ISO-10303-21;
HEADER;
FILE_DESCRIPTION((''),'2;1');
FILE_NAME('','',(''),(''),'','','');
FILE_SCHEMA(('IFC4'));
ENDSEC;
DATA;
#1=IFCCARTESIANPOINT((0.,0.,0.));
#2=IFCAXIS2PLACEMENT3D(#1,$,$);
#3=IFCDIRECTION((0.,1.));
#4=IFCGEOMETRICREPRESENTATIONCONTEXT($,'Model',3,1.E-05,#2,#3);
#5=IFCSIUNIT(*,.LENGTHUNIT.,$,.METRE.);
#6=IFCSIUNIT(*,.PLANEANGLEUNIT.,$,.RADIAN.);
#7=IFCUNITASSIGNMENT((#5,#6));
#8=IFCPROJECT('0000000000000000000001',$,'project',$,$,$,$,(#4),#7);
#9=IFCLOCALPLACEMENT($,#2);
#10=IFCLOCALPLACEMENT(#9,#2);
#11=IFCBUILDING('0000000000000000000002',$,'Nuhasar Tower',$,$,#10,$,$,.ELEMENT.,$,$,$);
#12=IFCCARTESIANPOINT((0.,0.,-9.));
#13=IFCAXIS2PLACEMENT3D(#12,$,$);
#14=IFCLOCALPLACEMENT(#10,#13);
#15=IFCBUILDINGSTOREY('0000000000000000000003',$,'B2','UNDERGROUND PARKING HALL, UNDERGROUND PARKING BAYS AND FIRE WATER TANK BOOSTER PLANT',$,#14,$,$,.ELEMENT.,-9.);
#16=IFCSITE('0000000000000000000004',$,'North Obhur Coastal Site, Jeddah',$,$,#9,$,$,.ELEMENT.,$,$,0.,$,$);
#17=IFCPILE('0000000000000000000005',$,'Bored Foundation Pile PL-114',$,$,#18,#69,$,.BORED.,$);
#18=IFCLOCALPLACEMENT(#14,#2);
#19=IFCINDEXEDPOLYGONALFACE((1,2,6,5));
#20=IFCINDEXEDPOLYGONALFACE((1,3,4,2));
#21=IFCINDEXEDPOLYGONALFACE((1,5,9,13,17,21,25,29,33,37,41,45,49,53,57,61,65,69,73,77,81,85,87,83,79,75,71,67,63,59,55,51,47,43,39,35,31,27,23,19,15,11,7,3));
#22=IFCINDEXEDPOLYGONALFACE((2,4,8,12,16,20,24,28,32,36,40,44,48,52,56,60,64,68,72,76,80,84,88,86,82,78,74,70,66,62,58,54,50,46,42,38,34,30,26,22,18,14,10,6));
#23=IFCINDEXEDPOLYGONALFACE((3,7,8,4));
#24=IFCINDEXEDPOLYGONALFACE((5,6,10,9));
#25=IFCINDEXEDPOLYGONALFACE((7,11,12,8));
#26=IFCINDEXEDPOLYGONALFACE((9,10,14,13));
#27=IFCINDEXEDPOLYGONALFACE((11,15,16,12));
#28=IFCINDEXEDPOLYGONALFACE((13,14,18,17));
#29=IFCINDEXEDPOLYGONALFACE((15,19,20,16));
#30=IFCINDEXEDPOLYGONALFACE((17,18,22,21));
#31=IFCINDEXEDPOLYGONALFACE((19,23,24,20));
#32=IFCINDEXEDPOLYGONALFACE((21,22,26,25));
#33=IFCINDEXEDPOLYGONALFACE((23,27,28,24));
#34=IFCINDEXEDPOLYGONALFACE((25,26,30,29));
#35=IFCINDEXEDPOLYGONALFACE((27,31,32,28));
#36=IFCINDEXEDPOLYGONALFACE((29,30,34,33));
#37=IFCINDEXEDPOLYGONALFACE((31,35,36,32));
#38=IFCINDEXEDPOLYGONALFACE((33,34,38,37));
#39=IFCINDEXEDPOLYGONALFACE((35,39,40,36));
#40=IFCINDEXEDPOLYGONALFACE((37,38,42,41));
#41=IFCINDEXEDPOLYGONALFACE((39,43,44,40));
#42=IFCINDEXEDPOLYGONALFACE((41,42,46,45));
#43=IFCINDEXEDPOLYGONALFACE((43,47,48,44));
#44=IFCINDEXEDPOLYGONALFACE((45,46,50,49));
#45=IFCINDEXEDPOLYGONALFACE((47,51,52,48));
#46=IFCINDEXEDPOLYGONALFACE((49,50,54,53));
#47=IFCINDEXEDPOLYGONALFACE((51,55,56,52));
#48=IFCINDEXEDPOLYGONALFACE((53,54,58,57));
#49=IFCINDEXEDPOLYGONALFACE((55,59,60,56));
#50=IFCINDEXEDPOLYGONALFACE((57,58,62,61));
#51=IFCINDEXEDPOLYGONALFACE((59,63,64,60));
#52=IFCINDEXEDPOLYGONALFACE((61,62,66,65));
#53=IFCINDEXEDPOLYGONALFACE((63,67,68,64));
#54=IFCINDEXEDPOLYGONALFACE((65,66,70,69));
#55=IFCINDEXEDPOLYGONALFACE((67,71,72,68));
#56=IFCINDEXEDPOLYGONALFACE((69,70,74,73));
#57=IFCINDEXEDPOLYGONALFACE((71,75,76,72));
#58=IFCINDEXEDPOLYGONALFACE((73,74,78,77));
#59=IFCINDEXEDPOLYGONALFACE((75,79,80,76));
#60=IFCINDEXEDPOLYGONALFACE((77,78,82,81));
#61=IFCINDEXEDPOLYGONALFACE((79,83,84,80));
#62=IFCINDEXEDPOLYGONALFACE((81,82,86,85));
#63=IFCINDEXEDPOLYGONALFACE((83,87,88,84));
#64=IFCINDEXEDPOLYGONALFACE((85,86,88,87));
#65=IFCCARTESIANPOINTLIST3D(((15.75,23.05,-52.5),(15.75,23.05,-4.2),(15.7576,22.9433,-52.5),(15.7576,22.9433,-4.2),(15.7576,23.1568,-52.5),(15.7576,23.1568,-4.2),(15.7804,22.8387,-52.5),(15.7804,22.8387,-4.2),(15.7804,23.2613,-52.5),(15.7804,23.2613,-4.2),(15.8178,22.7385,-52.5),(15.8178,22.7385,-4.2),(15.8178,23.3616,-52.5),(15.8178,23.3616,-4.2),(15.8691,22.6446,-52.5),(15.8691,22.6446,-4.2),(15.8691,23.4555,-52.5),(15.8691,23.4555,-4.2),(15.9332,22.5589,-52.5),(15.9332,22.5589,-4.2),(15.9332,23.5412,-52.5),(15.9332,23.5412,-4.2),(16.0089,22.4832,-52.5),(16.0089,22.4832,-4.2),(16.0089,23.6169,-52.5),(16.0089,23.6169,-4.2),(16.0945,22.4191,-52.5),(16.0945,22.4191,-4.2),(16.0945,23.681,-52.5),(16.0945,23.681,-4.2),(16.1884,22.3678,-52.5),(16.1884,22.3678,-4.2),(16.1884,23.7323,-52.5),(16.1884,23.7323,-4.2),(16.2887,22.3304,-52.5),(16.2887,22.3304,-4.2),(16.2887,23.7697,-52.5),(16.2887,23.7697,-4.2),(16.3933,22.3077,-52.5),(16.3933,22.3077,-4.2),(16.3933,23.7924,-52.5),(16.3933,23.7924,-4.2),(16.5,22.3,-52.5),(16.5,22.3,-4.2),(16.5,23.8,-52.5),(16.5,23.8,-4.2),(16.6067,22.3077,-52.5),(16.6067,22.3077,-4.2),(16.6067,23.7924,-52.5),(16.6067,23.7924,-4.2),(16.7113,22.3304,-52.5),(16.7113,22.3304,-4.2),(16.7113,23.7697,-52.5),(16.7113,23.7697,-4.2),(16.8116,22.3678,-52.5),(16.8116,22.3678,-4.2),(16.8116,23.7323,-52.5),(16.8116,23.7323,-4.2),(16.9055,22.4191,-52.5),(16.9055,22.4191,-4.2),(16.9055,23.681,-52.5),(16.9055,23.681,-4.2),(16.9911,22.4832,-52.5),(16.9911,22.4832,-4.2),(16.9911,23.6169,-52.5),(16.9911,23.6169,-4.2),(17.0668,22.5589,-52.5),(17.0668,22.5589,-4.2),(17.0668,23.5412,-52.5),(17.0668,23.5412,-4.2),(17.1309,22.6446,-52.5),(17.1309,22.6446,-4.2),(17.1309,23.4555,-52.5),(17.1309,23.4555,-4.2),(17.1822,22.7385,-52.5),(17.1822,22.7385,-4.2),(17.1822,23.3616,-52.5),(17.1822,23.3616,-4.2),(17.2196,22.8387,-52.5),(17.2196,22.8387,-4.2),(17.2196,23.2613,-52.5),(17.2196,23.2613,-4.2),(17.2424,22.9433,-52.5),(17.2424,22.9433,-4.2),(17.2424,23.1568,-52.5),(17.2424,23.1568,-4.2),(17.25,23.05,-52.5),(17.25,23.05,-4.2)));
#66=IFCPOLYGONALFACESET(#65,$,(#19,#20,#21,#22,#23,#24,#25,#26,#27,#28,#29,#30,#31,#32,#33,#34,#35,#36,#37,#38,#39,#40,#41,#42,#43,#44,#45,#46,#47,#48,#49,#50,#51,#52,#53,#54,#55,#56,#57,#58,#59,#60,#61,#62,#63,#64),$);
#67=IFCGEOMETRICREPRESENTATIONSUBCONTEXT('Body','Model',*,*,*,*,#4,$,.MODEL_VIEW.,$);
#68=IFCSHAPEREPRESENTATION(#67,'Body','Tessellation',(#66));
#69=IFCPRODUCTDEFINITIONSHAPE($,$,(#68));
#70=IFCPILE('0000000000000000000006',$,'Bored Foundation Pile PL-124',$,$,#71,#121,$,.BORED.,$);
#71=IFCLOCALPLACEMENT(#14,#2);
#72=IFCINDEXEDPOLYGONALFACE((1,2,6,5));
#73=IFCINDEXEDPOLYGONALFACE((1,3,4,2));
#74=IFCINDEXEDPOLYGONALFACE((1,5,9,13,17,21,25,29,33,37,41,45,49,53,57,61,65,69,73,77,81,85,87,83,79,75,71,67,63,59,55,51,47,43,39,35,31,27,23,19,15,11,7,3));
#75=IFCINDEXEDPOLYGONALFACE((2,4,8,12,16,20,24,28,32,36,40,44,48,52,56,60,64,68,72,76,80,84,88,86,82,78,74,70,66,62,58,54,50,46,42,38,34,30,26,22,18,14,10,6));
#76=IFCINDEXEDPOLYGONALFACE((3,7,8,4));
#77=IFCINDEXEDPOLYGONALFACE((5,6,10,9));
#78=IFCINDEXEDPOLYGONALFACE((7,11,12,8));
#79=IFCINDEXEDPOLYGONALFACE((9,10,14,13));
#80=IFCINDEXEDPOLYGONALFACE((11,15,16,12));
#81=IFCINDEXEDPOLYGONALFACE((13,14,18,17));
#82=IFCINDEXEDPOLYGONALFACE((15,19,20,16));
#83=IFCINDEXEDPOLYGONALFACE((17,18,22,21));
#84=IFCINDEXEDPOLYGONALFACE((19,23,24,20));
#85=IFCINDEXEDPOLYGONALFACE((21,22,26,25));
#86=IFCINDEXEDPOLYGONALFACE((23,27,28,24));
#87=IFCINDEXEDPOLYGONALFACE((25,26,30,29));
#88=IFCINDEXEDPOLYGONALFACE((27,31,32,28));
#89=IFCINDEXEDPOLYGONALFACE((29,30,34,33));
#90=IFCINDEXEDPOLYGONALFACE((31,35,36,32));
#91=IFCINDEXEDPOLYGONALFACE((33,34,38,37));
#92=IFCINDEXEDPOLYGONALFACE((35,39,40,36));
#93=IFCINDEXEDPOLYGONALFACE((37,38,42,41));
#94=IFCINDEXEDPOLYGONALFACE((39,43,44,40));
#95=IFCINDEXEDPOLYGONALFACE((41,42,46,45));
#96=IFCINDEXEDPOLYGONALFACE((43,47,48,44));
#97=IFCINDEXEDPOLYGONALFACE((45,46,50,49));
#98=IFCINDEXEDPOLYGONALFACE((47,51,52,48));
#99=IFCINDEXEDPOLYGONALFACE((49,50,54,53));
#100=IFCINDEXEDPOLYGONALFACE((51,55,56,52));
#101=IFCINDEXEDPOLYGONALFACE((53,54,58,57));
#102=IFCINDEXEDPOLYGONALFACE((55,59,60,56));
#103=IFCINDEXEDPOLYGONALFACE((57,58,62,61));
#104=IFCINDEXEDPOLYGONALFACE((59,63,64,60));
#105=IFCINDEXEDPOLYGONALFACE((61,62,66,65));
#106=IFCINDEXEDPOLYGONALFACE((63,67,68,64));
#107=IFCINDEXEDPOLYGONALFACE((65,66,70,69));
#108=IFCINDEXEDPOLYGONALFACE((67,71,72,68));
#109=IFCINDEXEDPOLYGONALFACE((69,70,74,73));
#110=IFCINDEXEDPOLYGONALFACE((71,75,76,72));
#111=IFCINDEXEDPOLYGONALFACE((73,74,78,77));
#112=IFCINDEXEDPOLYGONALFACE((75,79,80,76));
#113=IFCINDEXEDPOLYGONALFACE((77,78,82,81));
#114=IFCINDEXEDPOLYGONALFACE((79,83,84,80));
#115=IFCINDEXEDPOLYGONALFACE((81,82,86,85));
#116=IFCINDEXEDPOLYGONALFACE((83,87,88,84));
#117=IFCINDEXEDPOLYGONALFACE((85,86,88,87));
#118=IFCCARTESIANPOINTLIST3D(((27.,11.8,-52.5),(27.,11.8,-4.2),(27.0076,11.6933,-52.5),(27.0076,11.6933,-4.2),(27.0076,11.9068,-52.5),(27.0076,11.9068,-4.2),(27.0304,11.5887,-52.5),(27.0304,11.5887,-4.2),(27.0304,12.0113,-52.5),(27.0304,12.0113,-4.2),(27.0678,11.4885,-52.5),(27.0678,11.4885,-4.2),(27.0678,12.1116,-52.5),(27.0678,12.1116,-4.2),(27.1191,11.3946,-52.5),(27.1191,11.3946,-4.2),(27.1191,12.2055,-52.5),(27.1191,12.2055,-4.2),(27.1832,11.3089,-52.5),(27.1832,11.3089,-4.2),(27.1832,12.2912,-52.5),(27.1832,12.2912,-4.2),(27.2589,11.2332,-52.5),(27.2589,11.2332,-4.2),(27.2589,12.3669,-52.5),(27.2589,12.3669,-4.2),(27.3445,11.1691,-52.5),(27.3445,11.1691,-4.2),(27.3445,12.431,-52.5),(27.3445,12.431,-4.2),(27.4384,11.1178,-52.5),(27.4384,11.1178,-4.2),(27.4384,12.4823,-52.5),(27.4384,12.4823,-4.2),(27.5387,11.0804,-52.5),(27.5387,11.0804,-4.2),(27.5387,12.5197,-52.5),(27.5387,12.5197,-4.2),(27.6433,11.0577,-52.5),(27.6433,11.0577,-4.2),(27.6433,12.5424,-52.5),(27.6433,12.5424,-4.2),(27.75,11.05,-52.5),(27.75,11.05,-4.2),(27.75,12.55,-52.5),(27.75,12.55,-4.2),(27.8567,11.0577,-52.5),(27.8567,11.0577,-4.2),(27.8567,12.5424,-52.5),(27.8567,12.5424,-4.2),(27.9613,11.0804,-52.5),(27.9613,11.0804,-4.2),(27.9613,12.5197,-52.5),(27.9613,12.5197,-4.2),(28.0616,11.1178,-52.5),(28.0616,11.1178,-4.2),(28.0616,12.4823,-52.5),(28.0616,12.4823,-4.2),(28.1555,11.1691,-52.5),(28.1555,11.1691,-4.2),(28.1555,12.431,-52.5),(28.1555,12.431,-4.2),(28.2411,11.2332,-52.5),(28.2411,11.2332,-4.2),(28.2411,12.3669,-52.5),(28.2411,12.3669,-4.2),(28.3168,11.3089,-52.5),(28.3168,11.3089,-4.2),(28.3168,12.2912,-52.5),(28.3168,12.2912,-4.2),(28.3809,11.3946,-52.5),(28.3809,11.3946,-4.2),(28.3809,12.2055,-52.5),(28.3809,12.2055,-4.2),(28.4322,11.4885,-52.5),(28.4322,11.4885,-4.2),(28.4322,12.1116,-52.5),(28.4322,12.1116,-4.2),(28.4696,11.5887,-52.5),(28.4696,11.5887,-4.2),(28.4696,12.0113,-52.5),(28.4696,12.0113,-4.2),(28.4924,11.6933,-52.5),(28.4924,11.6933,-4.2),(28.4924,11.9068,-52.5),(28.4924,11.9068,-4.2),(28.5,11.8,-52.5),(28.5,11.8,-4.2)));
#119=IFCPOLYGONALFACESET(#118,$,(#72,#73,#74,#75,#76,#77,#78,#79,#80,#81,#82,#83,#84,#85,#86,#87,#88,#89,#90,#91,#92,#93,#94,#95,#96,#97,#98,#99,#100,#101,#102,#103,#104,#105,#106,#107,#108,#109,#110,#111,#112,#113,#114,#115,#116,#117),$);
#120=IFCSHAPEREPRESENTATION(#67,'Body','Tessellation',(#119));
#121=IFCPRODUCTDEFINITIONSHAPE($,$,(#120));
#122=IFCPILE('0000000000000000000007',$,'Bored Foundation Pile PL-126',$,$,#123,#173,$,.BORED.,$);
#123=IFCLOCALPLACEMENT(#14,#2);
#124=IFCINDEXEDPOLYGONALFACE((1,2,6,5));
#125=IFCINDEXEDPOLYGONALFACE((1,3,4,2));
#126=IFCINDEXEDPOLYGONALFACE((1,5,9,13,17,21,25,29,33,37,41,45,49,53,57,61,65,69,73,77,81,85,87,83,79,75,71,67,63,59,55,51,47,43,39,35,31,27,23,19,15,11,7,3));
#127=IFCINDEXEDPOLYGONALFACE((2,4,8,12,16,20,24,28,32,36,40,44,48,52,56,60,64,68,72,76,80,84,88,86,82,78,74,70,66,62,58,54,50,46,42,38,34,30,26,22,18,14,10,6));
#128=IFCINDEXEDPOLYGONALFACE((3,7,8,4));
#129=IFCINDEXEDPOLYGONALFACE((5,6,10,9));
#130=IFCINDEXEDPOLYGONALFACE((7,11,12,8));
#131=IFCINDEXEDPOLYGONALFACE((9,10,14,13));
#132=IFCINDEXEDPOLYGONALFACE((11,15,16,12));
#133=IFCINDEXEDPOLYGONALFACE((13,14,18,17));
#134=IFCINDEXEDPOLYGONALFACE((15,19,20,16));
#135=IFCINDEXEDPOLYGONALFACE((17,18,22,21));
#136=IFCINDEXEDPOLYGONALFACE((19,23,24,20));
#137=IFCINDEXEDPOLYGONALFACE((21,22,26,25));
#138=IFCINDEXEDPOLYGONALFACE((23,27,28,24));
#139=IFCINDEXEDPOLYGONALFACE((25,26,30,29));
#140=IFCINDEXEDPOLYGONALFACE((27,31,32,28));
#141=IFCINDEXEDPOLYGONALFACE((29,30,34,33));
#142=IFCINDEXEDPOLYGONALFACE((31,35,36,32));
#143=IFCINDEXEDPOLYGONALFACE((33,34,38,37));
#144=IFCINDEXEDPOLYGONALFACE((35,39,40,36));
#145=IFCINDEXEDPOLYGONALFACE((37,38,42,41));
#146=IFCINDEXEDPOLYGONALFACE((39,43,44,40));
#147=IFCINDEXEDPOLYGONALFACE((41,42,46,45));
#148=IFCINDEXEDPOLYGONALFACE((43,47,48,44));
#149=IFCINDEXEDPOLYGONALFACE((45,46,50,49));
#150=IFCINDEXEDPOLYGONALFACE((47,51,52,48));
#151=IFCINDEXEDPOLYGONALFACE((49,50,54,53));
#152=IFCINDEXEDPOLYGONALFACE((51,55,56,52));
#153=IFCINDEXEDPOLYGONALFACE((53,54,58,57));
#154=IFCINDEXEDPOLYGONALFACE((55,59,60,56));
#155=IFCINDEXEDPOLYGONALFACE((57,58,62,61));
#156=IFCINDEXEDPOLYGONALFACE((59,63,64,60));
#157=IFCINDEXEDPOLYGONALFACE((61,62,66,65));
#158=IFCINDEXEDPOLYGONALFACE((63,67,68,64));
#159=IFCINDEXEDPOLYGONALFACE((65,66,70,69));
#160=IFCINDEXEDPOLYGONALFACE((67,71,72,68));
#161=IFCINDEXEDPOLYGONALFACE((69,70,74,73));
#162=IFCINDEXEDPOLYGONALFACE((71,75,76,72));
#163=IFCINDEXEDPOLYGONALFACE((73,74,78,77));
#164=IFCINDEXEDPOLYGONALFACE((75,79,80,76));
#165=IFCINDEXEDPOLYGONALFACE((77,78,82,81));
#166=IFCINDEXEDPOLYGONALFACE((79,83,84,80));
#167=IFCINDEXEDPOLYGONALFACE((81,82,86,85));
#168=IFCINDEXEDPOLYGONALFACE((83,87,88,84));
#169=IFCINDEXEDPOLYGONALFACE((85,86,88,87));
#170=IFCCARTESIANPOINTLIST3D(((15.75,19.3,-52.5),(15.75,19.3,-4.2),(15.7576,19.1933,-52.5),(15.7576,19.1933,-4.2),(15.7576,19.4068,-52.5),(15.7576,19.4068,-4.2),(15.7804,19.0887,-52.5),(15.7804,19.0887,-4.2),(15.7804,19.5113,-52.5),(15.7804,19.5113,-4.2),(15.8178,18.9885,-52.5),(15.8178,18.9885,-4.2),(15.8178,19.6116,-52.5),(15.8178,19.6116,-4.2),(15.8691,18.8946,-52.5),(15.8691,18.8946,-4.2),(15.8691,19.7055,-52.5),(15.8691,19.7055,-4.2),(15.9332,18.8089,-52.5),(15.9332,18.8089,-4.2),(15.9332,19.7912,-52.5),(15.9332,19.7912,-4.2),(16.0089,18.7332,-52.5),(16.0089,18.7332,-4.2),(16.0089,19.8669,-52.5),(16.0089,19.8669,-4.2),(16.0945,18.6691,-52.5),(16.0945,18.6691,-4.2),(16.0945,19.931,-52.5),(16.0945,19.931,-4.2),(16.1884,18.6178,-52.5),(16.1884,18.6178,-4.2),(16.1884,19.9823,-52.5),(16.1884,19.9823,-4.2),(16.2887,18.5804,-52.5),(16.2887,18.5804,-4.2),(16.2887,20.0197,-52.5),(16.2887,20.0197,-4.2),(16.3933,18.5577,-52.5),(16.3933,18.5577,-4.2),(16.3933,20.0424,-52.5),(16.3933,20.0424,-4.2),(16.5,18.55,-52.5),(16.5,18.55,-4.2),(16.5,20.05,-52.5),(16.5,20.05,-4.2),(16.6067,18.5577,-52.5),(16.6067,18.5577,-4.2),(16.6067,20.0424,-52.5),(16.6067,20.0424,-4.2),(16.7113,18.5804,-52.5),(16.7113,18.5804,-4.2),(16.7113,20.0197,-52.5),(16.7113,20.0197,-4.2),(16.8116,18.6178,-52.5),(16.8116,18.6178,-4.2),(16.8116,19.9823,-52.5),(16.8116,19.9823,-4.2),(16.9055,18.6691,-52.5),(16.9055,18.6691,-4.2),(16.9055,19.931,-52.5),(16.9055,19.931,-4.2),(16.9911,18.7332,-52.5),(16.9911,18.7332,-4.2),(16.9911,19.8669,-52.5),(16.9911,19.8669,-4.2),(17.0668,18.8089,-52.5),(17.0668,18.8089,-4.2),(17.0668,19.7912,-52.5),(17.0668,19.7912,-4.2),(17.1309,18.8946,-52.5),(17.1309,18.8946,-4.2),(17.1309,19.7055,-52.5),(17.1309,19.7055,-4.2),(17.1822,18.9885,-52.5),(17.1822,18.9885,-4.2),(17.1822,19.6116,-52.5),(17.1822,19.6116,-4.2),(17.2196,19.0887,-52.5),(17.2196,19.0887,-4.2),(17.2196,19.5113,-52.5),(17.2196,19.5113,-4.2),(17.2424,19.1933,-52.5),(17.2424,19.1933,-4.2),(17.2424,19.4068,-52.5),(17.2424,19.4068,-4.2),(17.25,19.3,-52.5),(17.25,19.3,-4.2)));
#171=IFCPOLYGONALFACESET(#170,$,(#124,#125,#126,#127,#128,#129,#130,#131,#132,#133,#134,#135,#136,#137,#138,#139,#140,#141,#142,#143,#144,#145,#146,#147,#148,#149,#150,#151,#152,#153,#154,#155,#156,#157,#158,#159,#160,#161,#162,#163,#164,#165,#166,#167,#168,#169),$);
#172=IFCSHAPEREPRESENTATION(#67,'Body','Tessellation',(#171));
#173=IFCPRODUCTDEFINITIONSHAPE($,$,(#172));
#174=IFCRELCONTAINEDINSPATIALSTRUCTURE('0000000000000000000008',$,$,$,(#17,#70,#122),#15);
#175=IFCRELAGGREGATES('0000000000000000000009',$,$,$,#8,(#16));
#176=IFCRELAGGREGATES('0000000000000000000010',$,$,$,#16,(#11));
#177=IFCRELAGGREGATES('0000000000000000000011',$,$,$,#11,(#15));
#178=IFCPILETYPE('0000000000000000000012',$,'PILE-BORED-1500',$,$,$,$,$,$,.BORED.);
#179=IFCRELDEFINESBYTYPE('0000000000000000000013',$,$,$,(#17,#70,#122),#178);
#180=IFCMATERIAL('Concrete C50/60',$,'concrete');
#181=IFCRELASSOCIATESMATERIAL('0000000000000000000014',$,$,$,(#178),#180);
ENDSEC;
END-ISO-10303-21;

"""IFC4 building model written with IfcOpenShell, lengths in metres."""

from ifc_helpers import new_model, si_unit, direction, frame, origin, origin_2d, place, context, subcontext, project, spatial, circle, extrude, material, material_profile, profile_set, type_object, element, save


model = new_model("IFC4")

# Units and contexts
model_context = context("Model", 3, precision=1e-05, world=origin(), true_north=direction((0.0, 1.0)))
body_context = subcontext(model_context, "Body", "Model", "MODEL_VIEW")
ifc_project = project(units=[si_unit("LENGTHUNIT", "METRE"), si_unit("PLANEANGLEUNIT", "RADIAN")], contexts=[model_context])

# Site, building, storey
site_placement = place(None, origin())
site = spatial("IfcSite", under=ifc_project, at=site_placement, Name="North Obhur Coastal Site, Jeddah", CompositionType="ELEMENT", RefElevation=0.0)
building_placement = place(site_placement, origin())
building = spatial("IfcBuilding", under=site, at=building_placement, Name="Nuhasar Tower", CompositionType="ELEMENT")
storey_placement = place(building_placement, frame((0.0, 0.0, -9.0)))
storey = spatial("IfcBuildingStorey", under=building, at=storey_placement, Name="B2", Description="UNDERGROUND PARKING HALL, UNDERGROUND PARKING BAYS AND FIRE WATER TANK BOOSTER PLANT", CompositionType="ELEMENT", Elevation=-9.0)

# Shared definitions
ifc_material_1 = material(Name="Concrete C50/60", Category="concrete")

# Piles
ifc_material_profile_1 = material_profile(ifc_material_1, circle(Radius=0.75, at=origin_2d()), Name="PILE1500")
ifc_profile_set_1 = profile_set([ifc_material_profile_1], Name="Concrete C50/60")
pile_type_1 = type_object("IfcPileType", Name="PILE-BORED-1500", PredefinedType="BORED", material=ifc_profile_set_1)
for number, where, z_axis, x_axis, name in (
    (1, (16.5, 23.05, -4.2), (0.0, 0.0, -1.0), (1.0, 0.0, 0.0), "Bored Foundation Pile PL-114"),
    (2, (27.75, 11.8, -4.2), (0.0, 0.0, -1.0), (1.0, 0.0, 0.0), "Bored Foundation Pile PL-124"),
    (3, (16.5, 19.3, -4.2), (0.0, 0.0, -1.0), (1.0, 0.0, 0.0), "Bored Foundation Pile PL-126"),
):
    element("IfcPile", number, at=place(storey_placement, frame(where, z_axis=z_axis, x_axis=x_axis)), inside=storey, type_object=pile_type_1, Name=name, PredefinedType="BORED", context=body_context, shape_type="SweptSolid", body=[
        extrude(circle(Radius=0.75, at=origin_2d()), origin(), (0.0, 0.0, 1.0), 48.3),
    ])

save(model, "model.ifc")
